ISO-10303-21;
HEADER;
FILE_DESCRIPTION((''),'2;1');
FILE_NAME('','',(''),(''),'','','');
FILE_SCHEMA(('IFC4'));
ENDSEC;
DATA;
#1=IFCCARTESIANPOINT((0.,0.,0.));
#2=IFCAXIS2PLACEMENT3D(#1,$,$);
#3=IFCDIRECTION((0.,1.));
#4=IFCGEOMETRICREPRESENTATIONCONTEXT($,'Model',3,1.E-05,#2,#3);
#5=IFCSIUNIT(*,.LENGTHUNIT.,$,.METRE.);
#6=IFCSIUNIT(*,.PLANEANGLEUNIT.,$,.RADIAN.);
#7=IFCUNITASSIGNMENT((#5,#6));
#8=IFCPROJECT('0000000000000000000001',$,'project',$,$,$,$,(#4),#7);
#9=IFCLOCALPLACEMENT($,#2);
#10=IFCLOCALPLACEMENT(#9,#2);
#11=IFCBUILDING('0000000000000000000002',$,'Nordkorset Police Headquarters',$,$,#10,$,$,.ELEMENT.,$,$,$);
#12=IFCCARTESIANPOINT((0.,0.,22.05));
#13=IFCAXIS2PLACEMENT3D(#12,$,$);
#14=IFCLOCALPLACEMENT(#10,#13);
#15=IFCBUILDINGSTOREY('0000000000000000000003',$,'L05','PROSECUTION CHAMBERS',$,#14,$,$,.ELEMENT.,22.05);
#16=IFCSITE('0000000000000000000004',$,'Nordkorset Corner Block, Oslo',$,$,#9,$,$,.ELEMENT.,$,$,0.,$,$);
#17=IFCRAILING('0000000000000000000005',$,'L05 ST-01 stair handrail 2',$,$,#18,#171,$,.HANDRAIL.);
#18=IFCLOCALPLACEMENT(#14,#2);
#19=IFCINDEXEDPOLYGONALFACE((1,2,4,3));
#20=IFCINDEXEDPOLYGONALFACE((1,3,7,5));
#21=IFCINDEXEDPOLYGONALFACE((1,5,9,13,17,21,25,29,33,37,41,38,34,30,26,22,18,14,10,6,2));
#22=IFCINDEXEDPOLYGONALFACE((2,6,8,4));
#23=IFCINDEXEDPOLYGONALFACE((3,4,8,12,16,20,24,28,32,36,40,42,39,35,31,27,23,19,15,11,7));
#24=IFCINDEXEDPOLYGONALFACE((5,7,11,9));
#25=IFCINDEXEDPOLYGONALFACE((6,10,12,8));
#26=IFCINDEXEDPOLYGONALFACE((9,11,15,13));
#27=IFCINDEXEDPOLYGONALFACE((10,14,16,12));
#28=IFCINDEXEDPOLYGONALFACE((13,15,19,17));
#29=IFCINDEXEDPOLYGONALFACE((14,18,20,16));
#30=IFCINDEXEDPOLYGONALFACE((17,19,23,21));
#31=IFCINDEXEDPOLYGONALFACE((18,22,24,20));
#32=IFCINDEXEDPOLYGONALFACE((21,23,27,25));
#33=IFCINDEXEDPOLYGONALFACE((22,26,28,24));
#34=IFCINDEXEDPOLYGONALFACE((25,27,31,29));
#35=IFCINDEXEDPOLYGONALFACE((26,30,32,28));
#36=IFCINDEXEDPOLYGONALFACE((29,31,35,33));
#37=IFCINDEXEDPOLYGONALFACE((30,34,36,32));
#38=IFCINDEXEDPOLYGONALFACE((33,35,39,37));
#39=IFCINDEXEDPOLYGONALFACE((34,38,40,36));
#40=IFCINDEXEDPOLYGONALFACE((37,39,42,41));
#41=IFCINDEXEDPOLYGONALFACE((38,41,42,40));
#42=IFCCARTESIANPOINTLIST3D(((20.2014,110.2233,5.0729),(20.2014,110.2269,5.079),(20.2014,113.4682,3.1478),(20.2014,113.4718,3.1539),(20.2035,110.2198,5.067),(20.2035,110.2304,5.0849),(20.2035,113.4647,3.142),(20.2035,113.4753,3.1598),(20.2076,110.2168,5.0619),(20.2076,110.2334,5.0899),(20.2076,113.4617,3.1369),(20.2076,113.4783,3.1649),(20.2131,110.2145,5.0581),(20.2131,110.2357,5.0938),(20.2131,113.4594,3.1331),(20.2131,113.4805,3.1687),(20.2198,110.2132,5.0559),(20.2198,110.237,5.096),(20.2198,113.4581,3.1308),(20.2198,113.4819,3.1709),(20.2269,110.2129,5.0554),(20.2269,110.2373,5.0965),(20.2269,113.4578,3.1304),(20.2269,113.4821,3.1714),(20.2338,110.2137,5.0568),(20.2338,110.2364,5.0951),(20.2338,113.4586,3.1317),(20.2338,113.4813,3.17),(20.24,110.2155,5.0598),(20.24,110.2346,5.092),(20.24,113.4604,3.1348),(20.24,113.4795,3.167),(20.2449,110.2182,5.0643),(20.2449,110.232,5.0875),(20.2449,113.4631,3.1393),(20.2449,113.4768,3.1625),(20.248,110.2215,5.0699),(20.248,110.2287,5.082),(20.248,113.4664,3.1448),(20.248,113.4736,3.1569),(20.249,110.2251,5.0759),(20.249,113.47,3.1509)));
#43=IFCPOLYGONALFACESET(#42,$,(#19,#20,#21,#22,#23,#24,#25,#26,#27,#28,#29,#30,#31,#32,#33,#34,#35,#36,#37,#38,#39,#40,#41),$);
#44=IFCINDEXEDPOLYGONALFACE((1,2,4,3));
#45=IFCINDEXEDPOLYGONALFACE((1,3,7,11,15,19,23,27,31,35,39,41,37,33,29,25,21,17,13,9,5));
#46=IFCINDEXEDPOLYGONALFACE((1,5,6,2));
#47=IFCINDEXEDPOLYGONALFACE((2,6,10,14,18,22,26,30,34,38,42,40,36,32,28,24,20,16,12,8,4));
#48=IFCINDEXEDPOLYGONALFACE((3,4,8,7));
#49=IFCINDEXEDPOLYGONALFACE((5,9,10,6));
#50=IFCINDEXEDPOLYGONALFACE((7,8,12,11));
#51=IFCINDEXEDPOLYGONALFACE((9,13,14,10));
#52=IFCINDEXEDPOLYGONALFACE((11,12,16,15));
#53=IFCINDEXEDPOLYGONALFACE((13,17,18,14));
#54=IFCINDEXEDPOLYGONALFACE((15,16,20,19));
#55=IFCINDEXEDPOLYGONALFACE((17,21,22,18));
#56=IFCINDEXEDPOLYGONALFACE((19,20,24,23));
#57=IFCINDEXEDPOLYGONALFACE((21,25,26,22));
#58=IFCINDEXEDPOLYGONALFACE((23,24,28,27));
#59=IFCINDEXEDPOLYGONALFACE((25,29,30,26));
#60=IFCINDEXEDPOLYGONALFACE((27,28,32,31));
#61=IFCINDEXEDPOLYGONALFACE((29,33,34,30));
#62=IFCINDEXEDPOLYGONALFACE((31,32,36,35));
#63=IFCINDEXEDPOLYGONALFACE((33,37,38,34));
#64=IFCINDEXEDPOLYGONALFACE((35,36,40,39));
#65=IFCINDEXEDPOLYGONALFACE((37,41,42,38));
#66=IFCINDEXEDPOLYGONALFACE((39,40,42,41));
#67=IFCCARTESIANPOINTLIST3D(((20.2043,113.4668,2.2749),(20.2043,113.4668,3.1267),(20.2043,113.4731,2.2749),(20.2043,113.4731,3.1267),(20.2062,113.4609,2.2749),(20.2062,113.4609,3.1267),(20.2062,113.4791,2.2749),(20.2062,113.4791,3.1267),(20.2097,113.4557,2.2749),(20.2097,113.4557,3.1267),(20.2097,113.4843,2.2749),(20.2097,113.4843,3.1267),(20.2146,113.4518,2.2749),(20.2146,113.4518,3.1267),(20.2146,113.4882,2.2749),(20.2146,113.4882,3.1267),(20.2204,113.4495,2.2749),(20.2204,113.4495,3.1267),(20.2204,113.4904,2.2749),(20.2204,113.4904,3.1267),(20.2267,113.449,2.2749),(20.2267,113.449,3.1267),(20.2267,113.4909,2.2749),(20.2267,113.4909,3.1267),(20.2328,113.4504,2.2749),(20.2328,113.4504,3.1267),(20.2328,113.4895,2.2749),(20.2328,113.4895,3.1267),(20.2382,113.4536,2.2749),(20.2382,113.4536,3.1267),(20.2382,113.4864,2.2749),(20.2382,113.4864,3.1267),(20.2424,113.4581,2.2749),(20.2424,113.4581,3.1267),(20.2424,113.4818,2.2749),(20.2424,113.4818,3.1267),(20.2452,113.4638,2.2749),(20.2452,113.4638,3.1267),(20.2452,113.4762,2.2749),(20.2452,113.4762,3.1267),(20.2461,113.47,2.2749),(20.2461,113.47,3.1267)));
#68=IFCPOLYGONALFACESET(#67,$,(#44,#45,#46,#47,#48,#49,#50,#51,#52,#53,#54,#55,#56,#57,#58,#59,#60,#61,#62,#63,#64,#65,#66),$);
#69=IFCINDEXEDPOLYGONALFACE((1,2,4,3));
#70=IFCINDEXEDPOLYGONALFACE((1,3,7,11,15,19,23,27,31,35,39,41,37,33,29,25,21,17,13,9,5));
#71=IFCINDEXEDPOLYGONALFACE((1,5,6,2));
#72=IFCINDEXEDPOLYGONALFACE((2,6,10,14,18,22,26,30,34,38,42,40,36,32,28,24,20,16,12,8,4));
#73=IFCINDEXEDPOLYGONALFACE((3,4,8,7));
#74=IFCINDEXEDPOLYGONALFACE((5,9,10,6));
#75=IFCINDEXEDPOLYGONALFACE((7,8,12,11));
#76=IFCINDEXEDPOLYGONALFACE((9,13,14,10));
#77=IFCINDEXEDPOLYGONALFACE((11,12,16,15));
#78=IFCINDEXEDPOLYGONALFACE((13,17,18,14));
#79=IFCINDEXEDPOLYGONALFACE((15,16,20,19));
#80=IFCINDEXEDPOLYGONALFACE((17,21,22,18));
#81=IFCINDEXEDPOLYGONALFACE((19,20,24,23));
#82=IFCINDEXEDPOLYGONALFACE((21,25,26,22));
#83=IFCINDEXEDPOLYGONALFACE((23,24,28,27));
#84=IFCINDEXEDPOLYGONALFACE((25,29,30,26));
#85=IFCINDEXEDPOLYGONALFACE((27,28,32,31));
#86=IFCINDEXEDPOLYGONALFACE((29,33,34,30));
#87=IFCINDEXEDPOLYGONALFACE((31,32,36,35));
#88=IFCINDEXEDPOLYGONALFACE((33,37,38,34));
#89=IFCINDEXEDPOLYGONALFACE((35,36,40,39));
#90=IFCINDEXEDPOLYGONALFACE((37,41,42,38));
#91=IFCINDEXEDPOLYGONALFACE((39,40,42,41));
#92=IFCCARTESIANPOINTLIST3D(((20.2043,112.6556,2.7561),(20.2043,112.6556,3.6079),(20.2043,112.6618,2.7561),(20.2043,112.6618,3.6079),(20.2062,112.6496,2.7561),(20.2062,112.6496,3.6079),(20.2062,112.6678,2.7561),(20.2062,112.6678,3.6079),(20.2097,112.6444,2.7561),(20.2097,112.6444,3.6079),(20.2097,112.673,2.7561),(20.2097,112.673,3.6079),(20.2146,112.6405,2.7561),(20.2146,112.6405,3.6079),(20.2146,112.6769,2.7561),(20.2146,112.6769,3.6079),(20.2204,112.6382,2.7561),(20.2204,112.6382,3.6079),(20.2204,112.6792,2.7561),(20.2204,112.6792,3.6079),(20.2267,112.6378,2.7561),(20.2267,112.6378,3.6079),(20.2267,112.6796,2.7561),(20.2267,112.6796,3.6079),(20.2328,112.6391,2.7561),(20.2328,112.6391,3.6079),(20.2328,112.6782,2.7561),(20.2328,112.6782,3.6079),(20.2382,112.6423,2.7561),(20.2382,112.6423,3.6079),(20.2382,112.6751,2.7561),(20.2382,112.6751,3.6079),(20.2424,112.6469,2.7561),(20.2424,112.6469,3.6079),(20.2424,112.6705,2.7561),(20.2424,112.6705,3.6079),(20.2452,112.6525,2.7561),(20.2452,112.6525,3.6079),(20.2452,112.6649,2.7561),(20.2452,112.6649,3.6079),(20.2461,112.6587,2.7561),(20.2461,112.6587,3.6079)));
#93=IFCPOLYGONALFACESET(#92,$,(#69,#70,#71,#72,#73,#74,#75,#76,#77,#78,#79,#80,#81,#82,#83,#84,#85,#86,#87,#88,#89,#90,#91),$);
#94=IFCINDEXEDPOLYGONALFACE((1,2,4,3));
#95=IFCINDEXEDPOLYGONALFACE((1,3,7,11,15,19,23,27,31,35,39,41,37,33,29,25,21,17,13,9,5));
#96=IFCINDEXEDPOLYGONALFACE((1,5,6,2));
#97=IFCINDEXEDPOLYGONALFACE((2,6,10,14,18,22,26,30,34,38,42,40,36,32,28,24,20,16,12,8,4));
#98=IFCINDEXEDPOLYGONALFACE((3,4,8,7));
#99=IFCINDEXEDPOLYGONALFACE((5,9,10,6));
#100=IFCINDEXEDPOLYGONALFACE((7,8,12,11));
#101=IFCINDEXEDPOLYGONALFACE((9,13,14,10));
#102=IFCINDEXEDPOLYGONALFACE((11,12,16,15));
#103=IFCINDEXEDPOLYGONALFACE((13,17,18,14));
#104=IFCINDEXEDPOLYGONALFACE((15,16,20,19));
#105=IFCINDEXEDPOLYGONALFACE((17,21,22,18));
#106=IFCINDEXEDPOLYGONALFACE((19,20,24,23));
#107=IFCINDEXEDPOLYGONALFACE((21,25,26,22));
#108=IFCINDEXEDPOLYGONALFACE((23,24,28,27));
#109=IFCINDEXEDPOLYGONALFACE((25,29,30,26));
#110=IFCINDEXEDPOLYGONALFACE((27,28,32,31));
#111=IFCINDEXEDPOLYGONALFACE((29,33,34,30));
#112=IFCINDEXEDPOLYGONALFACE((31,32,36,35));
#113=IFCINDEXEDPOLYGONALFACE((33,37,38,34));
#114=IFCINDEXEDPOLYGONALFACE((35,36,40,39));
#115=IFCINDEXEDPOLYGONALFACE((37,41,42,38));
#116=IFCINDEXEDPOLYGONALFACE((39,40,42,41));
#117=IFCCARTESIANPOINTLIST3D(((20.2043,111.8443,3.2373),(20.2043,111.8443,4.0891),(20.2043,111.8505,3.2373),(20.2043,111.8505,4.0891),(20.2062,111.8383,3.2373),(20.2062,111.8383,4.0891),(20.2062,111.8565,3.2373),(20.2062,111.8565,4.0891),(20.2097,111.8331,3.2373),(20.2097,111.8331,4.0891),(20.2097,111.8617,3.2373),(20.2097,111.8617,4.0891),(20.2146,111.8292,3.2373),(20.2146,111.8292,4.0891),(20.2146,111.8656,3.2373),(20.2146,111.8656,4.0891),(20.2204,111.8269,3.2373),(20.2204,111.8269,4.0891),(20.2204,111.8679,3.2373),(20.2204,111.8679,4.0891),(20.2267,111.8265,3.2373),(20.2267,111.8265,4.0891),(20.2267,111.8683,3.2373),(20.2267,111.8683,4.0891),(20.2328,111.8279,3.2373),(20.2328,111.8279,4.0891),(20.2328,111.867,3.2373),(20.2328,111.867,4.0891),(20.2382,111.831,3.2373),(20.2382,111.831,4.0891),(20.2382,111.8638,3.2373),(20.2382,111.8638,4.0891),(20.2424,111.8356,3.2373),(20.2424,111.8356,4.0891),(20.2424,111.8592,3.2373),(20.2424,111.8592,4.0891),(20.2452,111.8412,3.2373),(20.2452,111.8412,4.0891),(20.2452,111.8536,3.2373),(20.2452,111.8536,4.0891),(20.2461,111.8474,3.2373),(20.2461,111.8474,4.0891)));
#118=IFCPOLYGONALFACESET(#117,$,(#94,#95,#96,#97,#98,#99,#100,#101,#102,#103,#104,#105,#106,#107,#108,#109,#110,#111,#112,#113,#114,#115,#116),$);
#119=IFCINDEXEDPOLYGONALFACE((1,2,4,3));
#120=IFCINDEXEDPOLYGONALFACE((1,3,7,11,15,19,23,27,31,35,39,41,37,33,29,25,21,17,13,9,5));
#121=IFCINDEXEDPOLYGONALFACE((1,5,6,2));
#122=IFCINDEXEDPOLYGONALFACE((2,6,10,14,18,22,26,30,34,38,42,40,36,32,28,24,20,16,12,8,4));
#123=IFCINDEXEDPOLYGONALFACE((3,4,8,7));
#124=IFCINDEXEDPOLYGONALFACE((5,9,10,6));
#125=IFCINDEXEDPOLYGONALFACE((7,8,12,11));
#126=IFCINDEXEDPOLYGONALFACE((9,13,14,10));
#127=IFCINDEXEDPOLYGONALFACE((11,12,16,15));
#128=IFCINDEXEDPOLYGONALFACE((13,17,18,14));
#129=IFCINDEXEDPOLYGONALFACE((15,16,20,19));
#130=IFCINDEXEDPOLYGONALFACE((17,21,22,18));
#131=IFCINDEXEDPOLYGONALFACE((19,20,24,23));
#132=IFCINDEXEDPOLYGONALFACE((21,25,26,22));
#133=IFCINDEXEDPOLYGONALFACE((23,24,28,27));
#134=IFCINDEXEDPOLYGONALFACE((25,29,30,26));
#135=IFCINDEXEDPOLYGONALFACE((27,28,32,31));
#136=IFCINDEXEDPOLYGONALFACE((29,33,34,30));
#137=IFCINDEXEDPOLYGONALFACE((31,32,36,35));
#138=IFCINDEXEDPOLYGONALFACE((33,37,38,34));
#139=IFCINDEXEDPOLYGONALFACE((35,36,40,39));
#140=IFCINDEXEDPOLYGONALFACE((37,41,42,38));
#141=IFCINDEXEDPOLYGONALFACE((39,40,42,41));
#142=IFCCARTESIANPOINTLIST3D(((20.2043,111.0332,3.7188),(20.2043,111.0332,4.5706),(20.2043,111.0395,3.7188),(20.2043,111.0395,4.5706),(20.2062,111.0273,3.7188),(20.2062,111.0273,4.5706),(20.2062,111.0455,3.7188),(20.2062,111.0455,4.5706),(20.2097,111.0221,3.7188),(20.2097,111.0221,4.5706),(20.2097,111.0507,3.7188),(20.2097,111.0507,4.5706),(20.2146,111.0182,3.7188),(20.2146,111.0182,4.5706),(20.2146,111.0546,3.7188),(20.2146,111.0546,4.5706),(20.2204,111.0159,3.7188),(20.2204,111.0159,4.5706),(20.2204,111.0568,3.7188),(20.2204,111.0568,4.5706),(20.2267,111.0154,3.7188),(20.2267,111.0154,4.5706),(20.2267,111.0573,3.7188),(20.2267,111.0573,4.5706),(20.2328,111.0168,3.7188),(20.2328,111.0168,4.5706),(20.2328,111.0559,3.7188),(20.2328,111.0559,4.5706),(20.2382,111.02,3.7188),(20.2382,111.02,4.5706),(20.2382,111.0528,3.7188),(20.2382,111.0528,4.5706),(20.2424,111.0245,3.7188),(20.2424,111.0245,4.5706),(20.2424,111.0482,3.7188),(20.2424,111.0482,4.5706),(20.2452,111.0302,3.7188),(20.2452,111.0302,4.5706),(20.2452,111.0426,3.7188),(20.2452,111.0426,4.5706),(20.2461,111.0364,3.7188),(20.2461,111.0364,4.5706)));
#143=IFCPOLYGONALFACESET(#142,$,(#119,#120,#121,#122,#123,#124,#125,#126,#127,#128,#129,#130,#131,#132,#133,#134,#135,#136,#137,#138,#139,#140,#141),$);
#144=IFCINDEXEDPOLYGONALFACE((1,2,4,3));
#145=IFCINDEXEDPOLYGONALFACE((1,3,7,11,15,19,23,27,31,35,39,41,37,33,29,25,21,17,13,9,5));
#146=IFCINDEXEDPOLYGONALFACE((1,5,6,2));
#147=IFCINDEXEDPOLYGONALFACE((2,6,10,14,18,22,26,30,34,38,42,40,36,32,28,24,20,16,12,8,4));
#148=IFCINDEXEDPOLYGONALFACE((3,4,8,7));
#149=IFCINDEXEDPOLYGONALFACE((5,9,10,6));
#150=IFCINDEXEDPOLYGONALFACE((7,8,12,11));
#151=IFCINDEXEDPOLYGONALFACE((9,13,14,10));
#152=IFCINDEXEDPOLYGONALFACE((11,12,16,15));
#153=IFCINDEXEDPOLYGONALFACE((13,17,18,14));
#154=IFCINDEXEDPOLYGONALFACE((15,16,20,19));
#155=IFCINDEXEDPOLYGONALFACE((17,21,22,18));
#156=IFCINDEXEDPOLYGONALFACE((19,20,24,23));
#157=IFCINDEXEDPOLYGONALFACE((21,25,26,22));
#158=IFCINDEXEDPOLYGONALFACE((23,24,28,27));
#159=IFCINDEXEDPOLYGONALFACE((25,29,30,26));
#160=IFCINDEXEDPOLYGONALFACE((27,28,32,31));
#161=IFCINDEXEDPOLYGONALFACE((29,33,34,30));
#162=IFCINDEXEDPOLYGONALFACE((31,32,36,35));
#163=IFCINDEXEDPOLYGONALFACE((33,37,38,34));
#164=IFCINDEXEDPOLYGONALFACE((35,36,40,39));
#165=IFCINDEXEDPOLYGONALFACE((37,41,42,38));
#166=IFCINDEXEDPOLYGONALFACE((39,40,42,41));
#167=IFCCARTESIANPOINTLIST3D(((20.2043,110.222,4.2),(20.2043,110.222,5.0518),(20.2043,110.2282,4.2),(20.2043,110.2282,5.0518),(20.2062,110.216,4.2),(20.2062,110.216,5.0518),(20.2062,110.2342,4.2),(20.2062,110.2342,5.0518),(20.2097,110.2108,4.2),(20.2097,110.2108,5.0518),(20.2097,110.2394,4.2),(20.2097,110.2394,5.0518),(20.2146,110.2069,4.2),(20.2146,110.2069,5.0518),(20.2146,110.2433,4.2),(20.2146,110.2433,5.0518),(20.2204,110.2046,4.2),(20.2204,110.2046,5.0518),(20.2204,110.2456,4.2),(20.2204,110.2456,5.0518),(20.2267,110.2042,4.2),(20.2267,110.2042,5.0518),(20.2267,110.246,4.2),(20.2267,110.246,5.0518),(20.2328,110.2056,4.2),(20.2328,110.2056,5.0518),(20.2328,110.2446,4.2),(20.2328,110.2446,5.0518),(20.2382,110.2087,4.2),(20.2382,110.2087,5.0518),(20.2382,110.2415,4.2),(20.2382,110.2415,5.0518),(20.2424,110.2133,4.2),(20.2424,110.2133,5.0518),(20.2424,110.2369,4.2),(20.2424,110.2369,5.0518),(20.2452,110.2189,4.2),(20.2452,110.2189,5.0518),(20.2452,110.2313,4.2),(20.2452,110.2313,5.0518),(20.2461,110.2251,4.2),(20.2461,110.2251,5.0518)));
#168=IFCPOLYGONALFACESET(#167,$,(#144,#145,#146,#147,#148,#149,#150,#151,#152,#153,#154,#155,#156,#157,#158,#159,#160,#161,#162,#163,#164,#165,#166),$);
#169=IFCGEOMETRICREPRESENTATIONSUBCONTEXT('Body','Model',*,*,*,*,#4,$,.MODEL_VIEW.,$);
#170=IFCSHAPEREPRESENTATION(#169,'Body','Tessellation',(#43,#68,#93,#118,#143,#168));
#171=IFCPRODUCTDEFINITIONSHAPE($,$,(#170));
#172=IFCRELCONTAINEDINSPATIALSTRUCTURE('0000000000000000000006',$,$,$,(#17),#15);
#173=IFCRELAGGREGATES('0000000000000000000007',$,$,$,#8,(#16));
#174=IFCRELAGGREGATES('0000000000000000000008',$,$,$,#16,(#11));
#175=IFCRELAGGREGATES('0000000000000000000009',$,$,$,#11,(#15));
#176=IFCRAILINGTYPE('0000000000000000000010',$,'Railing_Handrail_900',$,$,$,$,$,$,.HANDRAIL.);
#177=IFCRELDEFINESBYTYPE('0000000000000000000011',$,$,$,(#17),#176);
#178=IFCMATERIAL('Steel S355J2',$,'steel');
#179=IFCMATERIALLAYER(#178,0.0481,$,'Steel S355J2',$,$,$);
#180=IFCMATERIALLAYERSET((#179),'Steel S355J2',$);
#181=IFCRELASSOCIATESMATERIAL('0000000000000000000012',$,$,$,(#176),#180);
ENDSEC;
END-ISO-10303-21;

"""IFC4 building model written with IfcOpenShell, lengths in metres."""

from ifc_helpers import new_model, si_unit, direction, frame, origin, origin_2d, place, context, subcontext, project, spatial, circle, extrude, material, layer, layer_set, type_object, element, save


model = new_model("IFC4")

# Units and contexts
model_context = context("Model", 3, precision=1e-05, world=origin(), true_north=direction((0.0, 1.0)))
body_context = subcontext(model_context, "Body", "Model", "MODEL_VIEW")
ifc_project = project(units=[si_unit("LENGTHUNIT", "METRE"), si_unit("PLANEANGLEUNIT", "RADIAN")], contexts=[model_context])

# Site, building, storey
site_placement = place(None, origin())
site = spatial("IfcSite", under=ifc_project, at=site_placement, Name="Nordkorset Corner Block, Oslo", CompositionType="ELEMENT", RefElevation=0.0)
building_placement = place(site_placement, origin())
building = spatial("IfcBuilding", under=site, at=building_placement, Name="Nordkorset Police Headquarters", CompositionType="ELEMENT")
storey_placement = place(building_placement, frame((0.0, 0.0, 22.05)))
storey = spatial("IfcBuildingStorey", under=building, at=storey_placement, Name="L05", Description="PROSECUTION CHAMBERS", CompositionType="ELEMENT", Elevation=22.05)

# Railing
ifc_material_1 = material(Name="Steel S355J2", Category="steel")
ifc_layer_1 = layer(ifc_material_1, 0.0481, Name="Steel S355J2")
ifc_layer_set_1 = layer_set([ifc_layer_1], Name="Steel S355J2")
railing_type_1 = type_object("IfcRailingType", Name="Railing_Handrail_900", PredefinedType="HANDRAIL", material=ifc_layer_set_1)
railing_1_placement = place(storey_placement, frame((20.2251, 113.47, 2.2749)))
element("IfcRailing", 1, at=railing_1_placement, inside=storey, type_object=railing_type_1, Name="L05 ST-01 stair handrail 2", PredefinedType="HANDRAIL", context=body_context, shape_type="SweptSolid", body=[
    extrude(circle(Radius=0.0239, at=origin_2d()), frame((0.0, 0.0, 0.876), z_axis=(0.0, -0.86004, 0.510226), x_axis=(1.0, 0.0, 0.0)), (0.0, 0.0, 1.0), 3.7729),
    extrude(circle(Radius=0.021, at=origin_2d()), origin(), (0.0, 0.0, 1.0), 0.8518),
    extrude(circle(Radius=0.021, at=origin_2d()), frame((0.0, -0.8113, 0.4812)), (0.0, 0.0, 1.0), 0.8518),
    extrude(circle(Radius=0.021, at=origin_2d()), frame((0.0, -1.6226, 0.9624)), (0.0, 0.0, 1.0), 0.8518),
    extrude(circle(Radius=0.021, at=origin_2d()), frame((0.0, -2.4336, 1.4438)), (0.0, 0.0, 1.0), 0.8518),
    extrude(circle(Radius=0.021, at=origin_2d()), frame((0.0, -3.2449, 1.925)), (0.0, 0.0, 1.0), 0.8518),
])

save(model, "model.ifc")
